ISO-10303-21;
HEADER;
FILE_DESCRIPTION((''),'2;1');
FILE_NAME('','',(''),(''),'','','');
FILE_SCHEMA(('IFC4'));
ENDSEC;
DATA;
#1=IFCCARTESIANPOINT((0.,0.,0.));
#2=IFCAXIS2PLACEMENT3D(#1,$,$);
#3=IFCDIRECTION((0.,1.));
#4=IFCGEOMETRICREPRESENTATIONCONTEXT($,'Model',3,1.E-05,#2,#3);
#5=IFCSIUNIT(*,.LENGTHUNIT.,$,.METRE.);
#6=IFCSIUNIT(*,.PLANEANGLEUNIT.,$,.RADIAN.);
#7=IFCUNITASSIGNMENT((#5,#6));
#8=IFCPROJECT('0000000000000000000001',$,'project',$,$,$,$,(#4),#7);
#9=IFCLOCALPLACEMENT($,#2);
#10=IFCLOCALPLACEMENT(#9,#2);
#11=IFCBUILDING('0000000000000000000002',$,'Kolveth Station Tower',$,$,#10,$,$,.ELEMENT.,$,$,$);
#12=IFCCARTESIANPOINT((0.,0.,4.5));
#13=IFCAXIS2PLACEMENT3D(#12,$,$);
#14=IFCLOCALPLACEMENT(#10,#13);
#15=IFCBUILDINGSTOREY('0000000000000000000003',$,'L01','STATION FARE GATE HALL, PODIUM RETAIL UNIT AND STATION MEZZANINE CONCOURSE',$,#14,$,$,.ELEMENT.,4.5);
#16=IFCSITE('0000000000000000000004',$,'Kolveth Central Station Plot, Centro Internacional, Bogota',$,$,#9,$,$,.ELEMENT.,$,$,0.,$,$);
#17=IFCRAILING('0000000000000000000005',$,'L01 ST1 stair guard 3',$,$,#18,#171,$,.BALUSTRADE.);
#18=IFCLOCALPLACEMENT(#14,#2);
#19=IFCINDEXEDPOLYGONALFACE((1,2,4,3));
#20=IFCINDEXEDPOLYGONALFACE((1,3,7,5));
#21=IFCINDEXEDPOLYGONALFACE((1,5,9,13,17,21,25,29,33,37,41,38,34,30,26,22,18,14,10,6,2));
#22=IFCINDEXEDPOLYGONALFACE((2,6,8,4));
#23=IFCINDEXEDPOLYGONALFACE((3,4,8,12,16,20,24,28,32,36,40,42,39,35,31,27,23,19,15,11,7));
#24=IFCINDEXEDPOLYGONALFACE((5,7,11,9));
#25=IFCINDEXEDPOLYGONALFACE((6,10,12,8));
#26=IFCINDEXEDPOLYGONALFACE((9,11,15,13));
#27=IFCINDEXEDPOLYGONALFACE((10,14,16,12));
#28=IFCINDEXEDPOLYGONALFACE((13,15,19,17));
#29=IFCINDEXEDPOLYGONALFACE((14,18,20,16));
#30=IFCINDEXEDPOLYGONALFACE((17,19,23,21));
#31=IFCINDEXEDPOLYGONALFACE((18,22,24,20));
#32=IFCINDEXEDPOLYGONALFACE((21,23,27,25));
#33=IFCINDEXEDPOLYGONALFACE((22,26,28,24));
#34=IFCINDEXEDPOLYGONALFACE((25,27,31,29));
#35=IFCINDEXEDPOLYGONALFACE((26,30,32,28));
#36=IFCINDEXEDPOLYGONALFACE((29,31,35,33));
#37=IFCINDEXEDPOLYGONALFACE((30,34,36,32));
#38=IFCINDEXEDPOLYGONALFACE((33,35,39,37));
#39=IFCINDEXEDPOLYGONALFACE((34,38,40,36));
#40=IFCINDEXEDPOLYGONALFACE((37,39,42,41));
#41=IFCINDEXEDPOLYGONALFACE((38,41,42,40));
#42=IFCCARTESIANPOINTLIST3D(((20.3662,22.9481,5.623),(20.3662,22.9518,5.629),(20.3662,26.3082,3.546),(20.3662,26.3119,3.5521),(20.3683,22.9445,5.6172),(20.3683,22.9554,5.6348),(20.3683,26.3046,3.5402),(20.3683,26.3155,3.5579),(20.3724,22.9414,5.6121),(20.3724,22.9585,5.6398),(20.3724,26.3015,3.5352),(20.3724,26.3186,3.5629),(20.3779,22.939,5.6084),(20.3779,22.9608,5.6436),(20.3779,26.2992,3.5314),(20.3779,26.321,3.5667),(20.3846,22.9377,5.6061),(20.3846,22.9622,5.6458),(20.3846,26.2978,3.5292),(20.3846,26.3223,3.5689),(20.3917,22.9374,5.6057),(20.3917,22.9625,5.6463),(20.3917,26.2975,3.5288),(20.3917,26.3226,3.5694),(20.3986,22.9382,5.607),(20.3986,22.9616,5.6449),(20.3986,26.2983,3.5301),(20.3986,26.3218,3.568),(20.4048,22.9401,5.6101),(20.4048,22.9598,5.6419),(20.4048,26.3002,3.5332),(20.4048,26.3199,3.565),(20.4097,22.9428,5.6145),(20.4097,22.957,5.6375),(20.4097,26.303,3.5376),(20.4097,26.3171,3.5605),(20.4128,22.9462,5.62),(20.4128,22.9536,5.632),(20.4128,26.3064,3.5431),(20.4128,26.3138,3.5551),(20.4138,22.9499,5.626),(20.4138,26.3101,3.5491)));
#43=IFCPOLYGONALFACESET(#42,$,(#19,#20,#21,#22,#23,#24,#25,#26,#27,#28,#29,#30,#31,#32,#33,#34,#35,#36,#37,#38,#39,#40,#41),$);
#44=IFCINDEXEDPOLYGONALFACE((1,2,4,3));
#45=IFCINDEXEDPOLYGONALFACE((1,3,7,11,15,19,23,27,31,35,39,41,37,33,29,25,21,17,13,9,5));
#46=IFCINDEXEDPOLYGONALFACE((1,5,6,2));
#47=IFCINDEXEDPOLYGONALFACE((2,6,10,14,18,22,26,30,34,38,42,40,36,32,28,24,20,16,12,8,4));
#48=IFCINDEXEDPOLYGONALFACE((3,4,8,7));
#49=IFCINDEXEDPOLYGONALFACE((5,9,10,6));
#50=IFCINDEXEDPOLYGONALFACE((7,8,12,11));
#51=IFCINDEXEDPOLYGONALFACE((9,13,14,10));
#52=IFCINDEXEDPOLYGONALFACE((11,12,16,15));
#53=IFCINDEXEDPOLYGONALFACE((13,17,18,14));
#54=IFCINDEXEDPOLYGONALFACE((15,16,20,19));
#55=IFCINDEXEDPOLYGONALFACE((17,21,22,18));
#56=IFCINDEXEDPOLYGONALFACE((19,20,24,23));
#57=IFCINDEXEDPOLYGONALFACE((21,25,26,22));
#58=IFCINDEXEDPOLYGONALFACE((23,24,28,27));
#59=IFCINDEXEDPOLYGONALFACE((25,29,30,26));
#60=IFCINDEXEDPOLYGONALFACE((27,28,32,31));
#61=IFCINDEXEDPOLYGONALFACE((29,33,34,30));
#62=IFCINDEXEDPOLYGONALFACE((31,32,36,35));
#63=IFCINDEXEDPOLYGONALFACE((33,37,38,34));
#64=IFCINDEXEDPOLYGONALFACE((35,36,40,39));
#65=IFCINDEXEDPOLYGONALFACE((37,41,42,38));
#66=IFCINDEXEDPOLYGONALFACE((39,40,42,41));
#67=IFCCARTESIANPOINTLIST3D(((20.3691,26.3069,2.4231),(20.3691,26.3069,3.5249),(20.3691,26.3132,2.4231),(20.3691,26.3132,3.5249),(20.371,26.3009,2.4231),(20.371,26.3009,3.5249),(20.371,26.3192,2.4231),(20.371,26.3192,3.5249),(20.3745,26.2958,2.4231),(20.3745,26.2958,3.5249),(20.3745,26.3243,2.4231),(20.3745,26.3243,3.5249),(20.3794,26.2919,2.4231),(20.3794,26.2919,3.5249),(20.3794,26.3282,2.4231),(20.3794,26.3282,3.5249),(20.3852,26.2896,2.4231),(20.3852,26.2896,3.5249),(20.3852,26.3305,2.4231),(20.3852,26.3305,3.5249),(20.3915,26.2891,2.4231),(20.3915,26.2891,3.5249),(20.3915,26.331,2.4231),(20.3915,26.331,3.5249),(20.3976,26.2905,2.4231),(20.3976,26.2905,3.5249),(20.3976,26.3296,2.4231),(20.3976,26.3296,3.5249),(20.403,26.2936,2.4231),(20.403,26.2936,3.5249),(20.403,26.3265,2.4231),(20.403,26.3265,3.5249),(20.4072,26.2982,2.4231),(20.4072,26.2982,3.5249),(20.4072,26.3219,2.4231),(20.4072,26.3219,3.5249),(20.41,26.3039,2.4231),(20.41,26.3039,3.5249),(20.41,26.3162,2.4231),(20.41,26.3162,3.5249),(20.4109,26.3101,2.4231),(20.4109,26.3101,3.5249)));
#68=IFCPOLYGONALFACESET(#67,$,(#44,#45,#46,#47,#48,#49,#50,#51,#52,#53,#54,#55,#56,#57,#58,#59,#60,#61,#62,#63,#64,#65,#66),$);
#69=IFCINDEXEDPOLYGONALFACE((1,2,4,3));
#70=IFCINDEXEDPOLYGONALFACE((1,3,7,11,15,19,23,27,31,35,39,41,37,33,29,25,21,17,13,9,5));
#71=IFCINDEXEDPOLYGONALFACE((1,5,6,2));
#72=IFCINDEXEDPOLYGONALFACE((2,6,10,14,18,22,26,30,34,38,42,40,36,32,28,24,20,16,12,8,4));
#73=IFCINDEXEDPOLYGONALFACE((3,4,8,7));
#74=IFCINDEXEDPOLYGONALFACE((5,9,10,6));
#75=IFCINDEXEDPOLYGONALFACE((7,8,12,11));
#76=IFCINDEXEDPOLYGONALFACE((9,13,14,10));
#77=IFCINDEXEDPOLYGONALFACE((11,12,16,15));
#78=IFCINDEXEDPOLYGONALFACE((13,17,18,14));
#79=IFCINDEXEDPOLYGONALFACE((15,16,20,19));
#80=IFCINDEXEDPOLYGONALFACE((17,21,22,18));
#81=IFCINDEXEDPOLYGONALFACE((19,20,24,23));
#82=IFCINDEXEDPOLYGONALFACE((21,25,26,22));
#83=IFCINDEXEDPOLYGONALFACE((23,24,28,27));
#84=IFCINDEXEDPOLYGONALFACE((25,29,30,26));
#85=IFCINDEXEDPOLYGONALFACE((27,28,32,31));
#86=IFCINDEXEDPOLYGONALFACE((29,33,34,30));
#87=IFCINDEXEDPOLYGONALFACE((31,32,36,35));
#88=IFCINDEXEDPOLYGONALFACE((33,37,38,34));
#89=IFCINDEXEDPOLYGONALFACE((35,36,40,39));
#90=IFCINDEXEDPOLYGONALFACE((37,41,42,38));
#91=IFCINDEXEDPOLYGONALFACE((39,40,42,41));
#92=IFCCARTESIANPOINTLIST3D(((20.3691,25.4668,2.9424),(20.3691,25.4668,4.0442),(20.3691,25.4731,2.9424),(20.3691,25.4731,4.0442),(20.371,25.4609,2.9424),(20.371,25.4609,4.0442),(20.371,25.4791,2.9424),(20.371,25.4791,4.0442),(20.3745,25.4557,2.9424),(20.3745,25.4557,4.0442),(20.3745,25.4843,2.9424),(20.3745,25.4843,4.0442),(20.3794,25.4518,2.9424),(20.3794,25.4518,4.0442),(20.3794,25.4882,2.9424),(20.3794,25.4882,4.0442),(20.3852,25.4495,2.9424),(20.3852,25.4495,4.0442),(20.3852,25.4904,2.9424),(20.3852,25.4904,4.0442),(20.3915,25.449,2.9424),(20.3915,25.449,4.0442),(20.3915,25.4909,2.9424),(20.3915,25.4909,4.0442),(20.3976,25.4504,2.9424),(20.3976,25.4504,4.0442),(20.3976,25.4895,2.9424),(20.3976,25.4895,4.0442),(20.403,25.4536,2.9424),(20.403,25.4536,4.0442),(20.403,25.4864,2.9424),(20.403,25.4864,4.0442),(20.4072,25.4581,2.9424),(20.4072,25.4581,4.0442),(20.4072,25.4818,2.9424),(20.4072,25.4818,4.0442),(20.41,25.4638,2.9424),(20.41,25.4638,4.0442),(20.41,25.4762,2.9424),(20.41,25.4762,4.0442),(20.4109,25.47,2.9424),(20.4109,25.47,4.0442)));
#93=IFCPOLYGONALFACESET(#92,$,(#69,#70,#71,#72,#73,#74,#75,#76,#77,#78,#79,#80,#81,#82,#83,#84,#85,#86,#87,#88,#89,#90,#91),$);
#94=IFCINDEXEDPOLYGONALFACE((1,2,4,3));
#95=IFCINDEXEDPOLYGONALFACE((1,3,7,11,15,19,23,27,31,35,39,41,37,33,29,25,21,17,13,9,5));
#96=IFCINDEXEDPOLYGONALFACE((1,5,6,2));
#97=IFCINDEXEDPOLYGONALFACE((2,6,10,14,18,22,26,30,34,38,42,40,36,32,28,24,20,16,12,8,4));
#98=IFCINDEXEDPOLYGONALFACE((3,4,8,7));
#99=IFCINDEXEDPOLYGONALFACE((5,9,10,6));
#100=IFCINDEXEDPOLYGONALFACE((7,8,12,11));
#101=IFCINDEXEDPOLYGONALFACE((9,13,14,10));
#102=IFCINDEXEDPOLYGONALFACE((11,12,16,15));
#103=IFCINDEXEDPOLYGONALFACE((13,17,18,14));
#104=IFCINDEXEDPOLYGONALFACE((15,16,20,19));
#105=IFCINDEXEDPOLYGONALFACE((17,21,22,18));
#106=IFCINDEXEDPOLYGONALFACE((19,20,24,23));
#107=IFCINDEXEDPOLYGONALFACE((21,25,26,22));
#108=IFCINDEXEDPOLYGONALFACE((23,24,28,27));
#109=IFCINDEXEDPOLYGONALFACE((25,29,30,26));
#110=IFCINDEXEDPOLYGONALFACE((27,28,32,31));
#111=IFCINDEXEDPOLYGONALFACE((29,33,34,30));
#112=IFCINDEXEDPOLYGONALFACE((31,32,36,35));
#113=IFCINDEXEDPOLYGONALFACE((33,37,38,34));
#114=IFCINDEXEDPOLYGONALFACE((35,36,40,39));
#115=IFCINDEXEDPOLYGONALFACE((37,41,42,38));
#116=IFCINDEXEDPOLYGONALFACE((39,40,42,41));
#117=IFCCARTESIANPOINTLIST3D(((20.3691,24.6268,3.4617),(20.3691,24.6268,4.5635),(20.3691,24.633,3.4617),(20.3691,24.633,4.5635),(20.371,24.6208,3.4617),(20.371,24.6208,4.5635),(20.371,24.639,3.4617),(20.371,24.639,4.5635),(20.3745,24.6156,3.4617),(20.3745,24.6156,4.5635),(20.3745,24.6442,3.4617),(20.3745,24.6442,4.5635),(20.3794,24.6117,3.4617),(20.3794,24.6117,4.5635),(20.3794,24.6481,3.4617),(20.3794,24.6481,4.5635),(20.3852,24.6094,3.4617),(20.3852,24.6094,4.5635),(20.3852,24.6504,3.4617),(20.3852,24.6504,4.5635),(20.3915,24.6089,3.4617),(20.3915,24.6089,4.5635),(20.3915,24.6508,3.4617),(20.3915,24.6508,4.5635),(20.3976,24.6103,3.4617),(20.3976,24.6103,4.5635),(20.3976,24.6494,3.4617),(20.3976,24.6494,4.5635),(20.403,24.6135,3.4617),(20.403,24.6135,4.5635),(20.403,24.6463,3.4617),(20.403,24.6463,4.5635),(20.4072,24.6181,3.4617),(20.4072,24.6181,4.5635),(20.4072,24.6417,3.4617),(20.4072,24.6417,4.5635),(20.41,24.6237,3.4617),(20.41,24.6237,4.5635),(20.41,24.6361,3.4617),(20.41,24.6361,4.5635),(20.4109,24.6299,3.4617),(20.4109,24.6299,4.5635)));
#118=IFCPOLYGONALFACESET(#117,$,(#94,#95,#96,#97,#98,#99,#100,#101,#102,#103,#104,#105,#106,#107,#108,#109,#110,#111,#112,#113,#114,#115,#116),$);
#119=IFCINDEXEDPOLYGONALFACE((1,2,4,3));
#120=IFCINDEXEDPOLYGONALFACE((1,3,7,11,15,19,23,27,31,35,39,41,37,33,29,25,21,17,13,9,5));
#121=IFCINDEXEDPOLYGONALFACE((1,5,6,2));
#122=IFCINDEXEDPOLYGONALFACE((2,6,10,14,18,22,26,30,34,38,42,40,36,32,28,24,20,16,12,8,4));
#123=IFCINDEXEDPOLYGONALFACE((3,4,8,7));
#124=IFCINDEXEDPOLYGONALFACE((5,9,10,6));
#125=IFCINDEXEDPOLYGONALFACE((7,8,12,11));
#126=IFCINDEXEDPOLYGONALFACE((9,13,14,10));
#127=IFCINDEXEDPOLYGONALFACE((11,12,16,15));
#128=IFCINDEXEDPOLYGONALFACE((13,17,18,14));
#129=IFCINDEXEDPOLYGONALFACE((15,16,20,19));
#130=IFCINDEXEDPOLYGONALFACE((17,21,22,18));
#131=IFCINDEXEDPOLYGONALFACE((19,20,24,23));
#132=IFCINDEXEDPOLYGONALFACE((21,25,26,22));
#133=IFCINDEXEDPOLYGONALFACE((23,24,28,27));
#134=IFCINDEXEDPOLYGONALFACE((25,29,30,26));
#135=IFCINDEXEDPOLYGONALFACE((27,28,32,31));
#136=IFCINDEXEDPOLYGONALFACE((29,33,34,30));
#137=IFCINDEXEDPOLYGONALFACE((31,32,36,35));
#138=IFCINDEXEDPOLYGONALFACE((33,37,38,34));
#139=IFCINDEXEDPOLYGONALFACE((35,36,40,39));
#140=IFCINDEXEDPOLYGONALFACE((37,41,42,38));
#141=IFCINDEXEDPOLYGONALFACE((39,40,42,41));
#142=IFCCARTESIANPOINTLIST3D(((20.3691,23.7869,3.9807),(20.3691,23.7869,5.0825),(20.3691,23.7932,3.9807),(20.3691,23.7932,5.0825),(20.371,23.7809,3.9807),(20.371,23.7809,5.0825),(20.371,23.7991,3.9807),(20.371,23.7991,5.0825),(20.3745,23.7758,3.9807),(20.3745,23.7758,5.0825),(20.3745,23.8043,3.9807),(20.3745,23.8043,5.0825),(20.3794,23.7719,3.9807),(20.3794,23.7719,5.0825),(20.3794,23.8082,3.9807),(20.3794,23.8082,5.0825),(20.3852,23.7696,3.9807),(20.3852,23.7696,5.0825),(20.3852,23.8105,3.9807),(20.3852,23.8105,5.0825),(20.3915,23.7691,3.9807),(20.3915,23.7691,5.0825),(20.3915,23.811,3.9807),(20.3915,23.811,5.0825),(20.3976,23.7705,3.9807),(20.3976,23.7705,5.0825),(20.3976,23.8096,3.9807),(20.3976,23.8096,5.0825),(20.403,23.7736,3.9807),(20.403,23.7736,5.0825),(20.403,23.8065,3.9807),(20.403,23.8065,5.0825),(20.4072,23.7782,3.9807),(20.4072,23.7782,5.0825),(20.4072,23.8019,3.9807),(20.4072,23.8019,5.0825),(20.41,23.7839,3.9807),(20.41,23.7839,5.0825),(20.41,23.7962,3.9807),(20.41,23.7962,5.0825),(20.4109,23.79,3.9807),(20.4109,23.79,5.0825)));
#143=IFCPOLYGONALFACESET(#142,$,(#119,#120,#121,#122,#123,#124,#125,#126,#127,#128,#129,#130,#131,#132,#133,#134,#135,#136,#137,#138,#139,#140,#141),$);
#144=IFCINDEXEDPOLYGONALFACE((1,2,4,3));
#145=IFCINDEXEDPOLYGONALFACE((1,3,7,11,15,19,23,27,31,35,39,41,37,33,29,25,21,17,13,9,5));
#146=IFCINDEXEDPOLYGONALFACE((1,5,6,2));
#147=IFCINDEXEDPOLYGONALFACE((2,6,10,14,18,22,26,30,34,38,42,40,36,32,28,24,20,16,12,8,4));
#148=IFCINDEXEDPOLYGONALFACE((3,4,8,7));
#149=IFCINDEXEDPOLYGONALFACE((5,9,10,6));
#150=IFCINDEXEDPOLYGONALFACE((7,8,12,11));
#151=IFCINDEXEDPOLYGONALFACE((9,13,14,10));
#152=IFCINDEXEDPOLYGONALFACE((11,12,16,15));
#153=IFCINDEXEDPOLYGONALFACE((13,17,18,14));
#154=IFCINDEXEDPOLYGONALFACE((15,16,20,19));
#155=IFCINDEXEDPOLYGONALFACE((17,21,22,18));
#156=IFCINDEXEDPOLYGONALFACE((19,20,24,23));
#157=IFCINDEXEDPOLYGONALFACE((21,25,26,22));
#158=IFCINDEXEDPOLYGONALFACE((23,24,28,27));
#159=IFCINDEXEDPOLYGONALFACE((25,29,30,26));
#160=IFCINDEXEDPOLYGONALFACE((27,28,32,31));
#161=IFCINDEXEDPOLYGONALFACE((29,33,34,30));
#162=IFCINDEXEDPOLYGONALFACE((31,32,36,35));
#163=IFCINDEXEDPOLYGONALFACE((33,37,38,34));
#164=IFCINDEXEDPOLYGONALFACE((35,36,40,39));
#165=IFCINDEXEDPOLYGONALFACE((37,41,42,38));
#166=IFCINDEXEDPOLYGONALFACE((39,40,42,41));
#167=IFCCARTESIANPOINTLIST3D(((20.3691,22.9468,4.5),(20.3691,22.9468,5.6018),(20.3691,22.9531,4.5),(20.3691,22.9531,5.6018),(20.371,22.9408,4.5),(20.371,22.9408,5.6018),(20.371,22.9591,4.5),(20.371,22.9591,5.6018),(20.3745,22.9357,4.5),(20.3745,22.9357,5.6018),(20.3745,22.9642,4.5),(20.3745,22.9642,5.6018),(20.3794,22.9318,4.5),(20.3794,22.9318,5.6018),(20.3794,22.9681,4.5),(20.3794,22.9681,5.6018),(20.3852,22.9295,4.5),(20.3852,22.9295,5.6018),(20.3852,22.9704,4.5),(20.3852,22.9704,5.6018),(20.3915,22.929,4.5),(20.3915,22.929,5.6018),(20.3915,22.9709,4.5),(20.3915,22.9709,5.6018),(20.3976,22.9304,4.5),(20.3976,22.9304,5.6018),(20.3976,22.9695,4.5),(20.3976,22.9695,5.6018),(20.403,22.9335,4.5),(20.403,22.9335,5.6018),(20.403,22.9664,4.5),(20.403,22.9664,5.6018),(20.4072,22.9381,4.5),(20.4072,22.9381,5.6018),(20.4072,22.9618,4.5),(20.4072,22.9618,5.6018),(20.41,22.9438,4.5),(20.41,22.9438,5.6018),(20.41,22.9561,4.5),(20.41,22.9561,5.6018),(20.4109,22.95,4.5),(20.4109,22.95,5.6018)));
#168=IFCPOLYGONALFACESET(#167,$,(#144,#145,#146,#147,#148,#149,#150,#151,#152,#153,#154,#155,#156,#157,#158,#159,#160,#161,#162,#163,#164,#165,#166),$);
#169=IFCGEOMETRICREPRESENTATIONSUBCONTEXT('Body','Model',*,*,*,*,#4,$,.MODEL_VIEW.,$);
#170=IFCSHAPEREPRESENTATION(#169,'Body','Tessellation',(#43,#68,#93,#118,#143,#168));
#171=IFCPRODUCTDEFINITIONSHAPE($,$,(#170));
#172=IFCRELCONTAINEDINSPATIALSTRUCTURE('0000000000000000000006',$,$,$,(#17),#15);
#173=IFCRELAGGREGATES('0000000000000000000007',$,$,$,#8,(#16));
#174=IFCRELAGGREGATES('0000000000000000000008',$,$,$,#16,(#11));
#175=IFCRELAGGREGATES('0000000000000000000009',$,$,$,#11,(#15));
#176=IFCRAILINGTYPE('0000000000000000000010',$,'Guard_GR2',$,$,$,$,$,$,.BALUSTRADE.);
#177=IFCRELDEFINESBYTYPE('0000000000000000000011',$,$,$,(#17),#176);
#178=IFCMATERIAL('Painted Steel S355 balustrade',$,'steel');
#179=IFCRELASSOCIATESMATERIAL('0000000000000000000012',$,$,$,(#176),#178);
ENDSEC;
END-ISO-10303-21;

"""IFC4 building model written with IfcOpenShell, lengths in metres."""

from ifc_helpers import new_model, si_unit, direction, frame, origin, origin_2d, place, context, subcontext, project, spatial, circle, extrude, material, type_object, element, save


model = new_model("IFC4")

# Units and contexts
model_context = context("Model", 3, precision=1e-05, world=origin(), true_north=direction((0.0, 1.0)))
body_context = subcontext(model_context, "Body", "Model", "MODEL_VIEW")
ifc_project = project(units=[si_unit("LENGTHUNIT", "METRE"), si_unit("PLANEANGLEUNIT", "RADIAN")], contexts=[model_context])

# Site, building, storey
site_placement = place(None, origin())
site = spatial("IfcSite", under=ifc_project, at=site_placement, Name="Kolveth Central Station Plot, Centro Internacional, Bogota", CompositionType="ELEMENT", RefElevation=0.0)
building_placement = place(site_placement, origin())
building = spatial("IfcBuilding", under=site, at=building_placement, Name="Kolveth Station Tower", CompositionType="ELEMENT")
storey_placement = place(building_placement, frame((0.0, 0.0, 4.5)))
storey = spatial("IfcBuildingStorey", under=building, at=storey_placement, Name="L01", Description="STATION FARE GATE HALL, PODIUM RETAIL UNIT AND STATION MEZZANINE CONCOURSE", CompositionType="ELEMENT", Elevation=4.5)

# Railing
ifc_material_1 = material(Name="Painted Steel S355 balustrade", Category="steel")
railing_type_1 = type_object("IfcRailingType", Name="Guard_GR2", PredefinedType="BALUSTRADE", material=ifc_material_1)
railing_1_placement = place(storey_placement, frame((20.3899, 26.3101, 2.4231)))
element("IfcRailing", 1, at=railing_1_placement, inside=storey, type_object=railing_type_1, Name="L01 ST1 stair guard 3", PredefinedType="BALUSTRADE", context=body_context, shape_type="SweptSolid", body=[
    extrude(circle(Radius=0.0239, at=origin_2d()), frame((0.0, 0.0, 1.126), z_axis=(0.0, -0.850623, 0.525776), x_axis=(1.0, 0.0, 0.0)), (0.0, 0.0, 1.0), 3.9502),
    extrude(circle(Radius=0.021, at=origin_2d()), origin(), (0.0, 0.0, 1.0), 1.1018),
    extrude(circle(Radius=0.021, at=origin_2d()), frame((0.0, -0.8401, 0.5193)), (0.0, 0.0, 1.0), 1.1018),
    extrude(circle(Radius=0.021, at=origin_2d()), frame((0.0, -1.6802, 1.0386)), (0.0, 0.0, 1.0), 1.1018),
    extrude(circle(Radius=0.021, at=origin_2d()), frame((0.0, -2.52, 1.5576)), (0.0, 0.0, 1.0), 1.1018),
    extrude(circle(Radius=0.021, at=origin_2d()), frame((0.0, -3.3601, 2.0769)), (0.0, 0.0, 1.0), 1.1018),
])

save(model, "model.ifc")
